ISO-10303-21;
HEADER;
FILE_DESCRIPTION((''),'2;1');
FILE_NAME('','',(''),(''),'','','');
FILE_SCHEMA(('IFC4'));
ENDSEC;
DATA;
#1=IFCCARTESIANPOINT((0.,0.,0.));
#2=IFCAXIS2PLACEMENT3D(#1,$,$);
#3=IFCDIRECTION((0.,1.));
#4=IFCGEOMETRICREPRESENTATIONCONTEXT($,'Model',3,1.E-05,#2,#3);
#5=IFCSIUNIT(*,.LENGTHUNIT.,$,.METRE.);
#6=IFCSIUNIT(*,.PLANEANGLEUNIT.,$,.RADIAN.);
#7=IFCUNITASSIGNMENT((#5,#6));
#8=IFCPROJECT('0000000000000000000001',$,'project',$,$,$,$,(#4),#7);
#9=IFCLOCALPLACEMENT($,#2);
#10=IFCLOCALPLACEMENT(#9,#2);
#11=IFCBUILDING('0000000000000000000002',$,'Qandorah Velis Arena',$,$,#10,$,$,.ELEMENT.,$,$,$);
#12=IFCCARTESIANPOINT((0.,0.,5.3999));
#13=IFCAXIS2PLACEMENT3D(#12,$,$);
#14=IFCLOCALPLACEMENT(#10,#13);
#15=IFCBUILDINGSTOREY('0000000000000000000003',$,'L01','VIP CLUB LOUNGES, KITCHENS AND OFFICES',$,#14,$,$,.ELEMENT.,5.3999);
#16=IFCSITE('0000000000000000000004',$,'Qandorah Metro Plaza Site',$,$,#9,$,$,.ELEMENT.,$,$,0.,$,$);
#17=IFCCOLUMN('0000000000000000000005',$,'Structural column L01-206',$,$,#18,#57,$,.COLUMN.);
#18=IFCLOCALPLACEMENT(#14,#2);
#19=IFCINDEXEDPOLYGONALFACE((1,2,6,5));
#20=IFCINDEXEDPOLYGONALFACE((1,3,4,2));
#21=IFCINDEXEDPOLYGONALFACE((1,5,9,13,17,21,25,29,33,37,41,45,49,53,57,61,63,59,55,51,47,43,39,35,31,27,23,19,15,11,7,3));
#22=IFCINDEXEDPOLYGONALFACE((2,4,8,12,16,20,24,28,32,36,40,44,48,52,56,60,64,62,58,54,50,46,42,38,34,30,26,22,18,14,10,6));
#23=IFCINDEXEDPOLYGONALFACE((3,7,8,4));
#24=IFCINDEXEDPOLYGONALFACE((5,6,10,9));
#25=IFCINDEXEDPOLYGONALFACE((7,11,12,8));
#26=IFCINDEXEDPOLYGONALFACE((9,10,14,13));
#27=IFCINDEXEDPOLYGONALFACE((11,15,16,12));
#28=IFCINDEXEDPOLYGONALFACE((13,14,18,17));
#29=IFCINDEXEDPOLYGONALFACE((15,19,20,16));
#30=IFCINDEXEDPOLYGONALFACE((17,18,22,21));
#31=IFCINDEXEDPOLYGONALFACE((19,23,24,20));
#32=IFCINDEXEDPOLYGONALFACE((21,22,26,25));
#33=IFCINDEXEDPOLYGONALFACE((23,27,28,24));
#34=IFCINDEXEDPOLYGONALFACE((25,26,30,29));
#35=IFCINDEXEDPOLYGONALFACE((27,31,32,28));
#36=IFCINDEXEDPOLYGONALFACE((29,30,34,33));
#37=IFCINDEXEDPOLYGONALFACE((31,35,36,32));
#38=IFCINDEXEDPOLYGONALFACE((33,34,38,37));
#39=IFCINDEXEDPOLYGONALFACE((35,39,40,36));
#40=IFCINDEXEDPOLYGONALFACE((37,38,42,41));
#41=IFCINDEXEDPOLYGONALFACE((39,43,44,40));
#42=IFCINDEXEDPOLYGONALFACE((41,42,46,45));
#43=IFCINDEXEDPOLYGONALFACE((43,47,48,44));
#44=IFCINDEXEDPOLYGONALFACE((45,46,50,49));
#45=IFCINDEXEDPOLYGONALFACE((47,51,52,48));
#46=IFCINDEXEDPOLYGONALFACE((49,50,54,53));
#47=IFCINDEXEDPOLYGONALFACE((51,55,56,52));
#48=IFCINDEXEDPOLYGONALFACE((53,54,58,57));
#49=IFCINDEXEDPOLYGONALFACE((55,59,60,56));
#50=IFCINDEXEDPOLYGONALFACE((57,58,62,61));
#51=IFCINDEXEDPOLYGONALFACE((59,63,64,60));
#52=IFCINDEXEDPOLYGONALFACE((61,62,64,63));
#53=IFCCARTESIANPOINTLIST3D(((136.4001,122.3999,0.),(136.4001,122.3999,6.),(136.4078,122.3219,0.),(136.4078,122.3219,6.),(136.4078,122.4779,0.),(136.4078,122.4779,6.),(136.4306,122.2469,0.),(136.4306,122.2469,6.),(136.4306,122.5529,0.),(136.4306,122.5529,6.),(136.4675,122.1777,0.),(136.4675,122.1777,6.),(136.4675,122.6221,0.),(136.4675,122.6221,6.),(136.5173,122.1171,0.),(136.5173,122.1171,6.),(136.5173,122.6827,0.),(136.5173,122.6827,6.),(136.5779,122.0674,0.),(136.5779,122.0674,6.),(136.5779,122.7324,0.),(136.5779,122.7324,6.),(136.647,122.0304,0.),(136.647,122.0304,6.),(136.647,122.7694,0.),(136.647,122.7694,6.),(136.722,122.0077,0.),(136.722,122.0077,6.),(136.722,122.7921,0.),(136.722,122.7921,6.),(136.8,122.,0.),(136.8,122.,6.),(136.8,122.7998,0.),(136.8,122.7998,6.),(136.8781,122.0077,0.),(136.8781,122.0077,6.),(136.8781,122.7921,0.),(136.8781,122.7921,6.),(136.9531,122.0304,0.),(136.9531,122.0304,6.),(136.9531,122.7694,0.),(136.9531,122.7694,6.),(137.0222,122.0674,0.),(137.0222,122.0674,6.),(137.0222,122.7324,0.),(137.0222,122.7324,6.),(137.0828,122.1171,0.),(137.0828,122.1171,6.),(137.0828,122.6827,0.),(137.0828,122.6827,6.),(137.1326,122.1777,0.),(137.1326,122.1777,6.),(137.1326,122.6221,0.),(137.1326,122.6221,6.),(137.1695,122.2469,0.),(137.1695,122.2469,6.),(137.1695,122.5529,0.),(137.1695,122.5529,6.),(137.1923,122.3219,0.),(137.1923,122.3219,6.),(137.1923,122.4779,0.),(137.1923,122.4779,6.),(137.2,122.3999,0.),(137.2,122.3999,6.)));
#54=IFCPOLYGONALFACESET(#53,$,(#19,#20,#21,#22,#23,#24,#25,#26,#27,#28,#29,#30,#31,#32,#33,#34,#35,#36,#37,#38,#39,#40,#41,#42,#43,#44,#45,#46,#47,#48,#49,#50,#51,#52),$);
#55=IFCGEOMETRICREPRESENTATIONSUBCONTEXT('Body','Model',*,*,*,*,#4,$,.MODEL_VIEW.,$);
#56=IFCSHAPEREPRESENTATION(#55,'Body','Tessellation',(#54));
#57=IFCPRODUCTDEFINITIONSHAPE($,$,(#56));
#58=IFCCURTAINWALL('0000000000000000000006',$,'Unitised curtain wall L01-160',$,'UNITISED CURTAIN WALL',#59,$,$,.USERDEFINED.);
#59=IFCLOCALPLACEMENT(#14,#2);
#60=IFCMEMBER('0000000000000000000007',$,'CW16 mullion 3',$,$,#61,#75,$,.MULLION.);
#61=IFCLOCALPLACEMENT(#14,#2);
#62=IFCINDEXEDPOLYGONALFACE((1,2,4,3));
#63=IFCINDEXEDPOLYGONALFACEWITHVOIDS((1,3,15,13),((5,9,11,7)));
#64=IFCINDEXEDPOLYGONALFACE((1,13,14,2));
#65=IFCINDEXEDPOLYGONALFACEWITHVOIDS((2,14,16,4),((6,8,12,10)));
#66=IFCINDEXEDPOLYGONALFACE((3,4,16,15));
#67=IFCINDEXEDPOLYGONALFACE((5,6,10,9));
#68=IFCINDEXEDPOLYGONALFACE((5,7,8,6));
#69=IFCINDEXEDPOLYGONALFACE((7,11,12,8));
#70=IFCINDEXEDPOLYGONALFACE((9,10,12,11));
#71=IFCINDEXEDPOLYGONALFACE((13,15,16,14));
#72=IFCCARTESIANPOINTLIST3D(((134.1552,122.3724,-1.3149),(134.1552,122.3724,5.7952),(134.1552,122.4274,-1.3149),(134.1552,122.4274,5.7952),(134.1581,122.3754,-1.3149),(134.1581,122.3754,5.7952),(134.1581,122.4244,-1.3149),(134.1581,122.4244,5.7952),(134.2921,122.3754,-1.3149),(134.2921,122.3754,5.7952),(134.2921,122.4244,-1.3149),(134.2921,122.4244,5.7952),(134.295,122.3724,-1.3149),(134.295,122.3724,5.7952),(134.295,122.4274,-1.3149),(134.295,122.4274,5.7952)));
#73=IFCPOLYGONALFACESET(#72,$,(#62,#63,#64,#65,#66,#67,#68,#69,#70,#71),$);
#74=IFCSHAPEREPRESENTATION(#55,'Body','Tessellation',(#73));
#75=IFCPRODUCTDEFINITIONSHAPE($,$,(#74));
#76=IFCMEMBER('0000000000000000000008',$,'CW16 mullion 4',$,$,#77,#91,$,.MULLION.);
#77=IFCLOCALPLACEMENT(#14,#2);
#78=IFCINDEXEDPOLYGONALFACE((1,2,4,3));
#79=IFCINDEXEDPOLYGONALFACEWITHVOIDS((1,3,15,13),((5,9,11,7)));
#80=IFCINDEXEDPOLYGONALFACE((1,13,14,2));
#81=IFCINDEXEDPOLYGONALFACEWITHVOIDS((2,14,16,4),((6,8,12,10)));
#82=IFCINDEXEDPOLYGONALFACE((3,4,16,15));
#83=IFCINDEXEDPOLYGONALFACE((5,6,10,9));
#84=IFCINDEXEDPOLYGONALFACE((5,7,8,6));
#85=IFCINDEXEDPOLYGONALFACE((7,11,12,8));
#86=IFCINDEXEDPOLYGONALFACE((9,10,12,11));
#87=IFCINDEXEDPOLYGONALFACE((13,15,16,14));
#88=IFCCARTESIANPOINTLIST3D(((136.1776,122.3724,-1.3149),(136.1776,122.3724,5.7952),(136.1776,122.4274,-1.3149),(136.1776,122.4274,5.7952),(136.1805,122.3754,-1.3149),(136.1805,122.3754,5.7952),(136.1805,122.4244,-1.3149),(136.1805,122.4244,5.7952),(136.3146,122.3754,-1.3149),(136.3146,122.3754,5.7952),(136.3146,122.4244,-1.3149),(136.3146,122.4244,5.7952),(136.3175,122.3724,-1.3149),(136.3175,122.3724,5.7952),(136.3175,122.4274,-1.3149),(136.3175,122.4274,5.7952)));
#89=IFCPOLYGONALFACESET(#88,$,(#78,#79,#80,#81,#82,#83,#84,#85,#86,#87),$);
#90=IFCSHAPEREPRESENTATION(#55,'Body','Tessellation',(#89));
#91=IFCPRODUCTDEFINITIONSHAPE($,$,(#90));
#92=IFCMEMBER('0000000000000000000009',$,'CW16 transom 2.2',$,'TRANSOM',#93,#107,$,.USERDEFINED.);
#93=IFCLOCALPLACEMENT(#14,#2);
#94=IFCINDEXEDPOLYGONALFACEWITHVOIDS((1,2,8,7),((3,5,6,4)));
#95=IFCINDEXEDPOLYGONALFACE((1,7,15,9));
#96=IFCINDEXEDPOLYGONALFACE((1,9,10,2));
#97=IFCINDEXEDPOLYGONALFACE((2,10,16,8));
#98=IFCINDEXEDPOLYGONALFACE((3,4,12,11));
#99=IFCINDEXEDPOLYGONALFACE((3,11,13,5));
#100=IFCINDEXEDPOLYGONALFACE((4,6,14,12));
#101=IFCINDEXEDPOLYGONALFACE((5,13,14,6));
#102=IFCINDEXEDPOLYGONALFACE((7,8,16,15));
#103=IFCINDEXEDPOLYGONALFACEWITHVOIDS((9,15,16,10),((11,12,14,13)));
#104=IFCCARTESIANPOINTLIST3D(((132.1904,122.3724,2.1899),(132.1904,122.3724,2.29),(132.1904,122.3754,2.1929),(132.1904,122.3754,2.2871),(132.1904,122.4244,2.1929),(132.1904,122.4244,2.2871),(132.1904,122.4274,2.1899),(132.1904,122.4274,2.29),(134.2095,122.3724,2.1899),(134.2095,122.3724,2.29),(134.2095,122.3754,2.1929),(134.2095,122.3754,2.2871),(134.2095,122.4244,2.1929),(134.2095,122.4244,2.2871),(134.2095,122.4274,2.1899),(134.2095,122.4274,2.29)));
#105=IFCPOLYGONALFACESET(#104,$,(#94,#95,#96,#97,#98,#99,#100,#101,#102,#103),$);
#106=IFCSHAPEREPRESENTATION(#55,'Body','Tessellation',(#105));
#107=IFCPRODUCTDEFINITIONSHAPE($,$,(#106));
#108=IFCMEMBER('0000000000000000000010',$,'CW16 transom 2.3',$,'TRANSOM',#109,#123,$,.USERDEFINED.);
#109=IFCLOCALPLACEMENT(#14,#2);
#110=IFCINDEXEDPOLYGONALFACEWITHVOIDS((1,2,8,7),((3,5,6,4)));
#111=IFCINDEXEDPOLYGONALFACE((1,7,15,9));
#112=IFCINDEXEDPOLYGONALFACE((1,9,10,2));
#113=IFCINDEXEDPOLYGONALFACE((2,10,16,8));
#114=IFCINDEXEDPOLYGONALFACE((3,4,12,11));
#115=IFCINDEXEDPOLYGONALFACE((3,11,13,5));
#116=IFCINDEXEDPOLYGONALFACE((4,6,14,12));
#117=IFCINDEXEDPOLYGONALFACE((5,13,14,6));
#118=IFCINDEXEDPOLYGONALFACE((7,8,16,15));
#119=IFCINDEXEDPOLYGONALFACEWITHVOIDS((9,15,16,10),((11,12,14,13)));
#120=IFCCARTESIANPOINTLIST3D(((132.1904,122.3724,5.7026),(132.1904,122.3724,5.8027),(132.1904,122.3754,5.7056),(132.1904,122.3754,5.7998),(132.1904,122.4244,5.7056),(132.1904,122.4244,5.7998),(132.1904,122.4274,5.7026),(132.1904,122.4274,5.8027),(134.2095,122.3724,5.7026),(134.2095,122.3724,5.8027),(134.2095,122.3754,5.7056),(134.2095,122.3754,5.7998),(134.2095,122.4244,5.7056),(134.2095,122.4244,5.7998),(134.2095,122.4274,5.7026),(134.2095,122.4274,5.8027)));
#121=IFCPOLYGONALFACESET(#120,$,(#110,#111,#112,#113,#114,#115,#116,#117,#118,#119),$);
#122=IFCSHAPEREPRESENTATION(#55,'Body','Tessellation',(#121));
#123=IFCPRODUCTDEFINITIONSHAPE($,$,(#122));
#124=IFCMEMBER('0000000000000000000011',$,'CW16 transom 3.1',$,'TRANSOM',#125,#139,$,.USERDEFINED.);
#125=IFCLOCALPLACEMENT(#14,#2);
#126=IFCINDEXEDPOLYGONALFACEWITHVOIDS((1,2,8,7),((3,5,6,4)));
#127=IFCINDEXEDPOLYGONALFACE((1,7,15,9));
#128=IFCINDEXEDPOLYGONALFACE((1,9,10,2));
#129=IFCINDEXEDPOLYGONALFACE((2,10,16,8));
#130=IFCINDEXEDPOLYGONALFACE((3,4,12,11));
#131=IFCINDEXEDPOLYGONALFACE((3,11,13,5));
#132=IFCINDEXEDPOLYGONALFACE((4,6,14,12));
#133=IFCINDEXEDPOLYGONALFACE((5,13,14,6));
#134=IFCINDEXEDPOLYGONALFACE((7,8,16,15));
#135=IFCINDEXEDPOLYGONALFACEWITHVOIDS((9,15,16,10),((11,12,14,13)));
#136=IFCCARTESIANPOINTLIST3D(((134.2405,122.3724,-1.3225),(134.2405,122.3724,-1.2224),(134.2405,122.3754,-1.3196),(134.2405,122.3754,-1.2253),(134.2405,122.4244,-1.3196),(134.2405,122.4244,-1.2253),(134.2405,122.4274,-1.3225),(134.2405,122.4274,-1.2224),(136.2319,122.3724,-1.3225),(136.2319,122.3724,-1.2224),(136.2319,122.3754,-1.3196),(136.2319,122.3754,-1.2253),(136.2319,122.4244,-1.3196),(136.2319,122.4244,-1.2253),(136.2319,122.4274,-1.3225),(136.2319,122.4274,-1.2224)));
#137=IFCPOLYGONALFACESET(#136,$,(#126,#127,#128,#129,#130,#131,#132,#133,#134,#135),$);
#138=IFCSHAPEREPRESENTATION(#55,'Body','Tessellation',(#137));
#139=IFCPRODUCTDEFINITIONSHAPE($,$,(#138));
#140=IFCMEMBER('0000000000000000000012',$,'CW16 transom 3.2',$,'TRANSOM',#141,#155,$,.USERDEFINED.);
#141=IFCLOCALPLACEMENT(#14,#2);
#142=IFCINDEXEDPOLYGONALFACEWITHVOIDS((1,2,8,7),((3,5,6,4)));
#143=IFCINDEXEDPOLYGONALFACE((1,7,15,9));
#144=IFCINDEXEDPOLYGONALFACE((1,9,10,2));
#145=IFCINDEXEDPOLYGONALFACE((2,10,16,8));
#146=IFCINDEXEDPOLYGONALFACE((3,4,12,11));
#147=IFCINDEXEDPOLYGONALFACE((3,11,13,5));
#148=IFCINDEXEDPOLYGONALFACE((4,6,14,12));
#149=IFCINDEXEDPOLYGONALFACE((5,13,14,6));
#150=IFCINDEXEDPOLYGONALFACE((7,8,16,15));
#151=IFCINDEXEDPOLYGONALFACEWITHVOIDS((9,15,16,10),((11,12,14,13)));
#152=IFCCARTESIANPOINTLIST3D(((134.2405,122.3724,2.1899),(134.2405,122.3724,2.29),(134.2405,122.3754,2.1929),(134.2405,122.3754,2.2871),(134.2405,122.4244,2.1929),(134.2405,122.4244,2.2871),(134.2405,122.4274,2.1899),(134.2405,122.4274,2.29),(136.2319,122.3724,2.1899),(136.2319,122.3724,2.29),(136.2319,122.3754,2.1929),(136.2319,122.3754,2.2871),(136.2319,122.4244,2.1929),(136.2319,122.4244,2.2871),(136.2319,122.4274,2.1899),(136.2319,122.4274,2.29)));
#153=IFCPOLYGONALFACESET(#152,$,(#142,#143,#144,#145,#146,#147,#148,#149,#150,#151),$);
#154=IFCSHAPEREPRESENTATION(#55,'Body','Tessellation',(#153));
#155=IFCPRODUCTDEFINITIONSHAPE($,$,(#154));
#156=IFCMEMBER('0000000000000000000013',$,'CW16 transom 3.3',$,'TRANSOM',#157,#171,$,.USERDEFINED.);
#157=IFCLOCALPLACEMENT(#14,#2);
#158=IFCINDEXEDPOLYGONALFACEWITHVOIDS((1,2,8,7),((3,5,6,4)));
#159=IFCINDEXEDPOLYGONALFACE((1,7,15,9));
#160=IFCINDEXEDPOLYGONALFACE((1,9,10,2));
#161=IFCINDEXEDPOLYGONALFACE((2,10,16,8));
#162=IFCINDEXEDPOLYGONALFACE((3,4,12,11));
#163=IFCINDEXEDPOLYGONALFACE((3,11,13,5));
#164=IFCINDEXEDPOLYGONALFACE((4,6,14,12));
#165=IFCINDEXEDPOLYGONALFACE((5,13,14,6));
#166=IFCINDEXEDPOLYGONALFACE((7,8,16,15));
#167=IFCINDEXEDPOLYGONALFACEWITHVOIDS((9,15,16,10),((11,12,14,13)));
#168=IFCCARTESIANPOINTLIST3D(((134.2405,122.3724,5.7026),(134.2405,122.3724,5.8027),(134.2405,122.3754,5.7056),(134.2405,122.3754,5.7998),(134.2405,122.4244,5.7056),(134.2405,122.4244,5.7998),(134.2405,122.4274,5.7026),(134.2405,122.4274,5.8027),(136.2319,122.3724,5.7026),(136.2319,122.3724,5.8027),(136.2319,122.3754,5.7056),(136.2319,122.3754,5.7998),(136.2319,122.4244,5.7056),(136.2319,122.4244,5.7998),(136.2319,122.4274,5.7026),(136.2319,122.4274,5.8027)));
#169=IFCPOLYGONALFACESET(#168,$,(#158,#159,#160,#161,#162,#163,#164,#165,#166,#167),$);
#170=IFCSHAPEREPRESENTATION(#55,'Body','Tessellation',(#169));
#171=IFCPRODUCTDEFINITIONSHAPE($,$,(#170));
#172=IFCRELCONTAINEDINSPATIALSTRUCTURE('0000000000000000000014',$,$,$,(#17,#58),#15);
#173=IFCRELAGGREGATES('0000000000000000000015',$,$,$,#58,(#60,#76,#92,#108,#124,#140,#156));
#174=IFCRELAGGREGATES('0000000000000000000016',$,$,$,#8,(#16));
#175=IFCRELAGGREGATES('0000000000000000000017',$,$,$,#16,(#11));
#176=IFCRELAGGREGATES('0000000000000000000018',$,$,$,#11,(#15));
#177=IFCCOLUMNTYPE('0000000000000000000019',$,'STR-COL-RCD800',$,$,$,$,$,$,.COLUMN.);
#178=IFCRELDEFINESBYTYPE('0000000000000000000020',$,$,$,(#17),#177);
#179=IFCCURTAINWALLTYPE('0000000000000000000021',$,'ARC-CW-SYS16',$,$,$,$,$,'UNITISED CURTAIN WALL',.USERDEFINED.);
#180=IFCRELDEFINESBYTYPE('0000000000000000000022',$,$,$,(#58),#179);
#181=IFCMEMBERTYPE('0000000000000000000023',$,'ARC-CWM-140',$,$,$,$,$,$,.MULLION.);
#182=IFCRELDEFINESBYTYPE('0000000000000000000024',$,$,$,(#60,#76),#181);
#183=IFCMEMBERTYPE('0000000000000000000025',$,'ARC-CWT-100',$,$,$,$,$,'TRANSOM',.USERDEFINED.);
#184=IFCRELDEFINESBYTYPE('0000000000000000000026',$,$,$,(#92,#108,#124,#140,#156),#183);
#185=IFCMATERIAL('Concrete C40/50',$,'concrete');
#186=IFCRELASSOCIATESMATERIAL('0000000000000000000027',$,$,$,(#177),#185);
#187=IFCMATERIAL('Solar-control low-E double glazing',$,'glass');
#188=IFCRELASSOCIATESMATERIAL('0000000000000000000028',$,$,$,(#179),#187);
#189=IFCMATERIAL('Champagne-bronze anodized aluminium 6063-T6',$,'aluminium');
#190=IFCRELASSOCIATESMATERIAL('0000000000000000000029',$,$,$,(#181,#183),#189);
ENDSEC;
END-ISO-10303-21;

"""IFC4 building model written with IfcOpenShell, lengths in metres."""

from ifc_helpers import new_model, si_unit, direction, frame, origin, origin_2d, place, context, subcontext, project, spatial, hollow_rectangle, circle, extrude, material, material_profile, profile_set, type_object, element, aggregate, save


model = new_model("IFC4")

# Units and contexts
model_context = context("Model", 3, precision=1e-05, world=origin(), true_north=direction((0.0, 1.0)))
body_context = subcontext(model_context, "Body", "Model", "MODEL_VIEW")
ifc_project = project(units=[si_unit("LENGTHUNIT", "METRE"), si_unit("PLANEANGLEUNIT", "RADIAN")], contexts=[model_context])

# Site, building, storey
site_placement = place(None, origin())
site = spatial("IfcSite", under=ifc_project, at=site_placement, Name="Qandorah Metro Plaza Site", CompositionType="ELEMENT", RefElevation=0.0)
building_placement = place(site_placement, origin())
building = spatial("IfcBuilding", under=site, at=building_placement, Name="Qandorah Velis Arena", CompositionType="ELEMENT")
storey_placement = place(building_placement, frame((0.0, 0.0, 5.3999)))
storey = spatial("IfcBuildingStorey", under=building, at=storey_placement, Name="L01", Description="VIP CLUB LOUNGES, KITCHENS AND OFFICES", CompositionType="ELEMENT", Elevation=5.3999)

# Column
ifc_material_1 = material(Name="Concrete C40/50", Category="concrete")
ifc_material_profile_1 = material_profile(ifc_material_1, circle(Radius=0.3999, at=origin_2d()), Name="RC D800")
ifc_profile_set_1 = profile_set([ifc_material_profile_1], Name="Concrete C40/50")
column_type = type_object("IfcColumnType", Name="STR-COL-RCD800", PredefinedType="COLUMN", material=ifc_profile_set_1)
column_placement = place(storey_placement, frame((136.8, 122.3999, 0.0), z_axis=(0.0, 0.0, 1.0), x_axis=(1.0, 0.0, 0.0)))
element("IfcColumn", 1, at=column_placement, inside=storey, type_object=column_type, Name="Structural column L01-206", PredefinedType="COLUMN", context=body_context, shape_type="SweptSolid", body=[
    extrude(circle(Radius=0.3999, at=origin_2d()), origin(), (0.0, 0.0, 1.0), 6.0),
])

# Curtain wall, members
ifc_material_2 = material(Name="Solar-control low-E double glazing", Category="glass")
curtain_wall_type = type_object("IfcCurtainWallType", Name="ARC-CW-SYS16", ElementType="UNITISED CURTAIN WALL", PredefinedType="USERDEFINED", material=ifc_material_2)
curtain_wall_placement = place(storey_placement, origin())
curtain_wall = element("IfcCurtainWall", 2, at=curtain_wall_placement, inside=storey, type_object=curtain_wall_type, Name="Unitised curtain wall L01-160", ObjectType="UNITISED CURTAIN WALL", PredefinedType="USERDEFINED")
ifc_material_3 = material(Name="Champagne-bronze anodized aluminium 6063-T6", Category="aluminium")
ifc_material_profile_2 = material_profile(ifc_material_3, hollow_rectangle(XDim=0.0549, YDim=0.1399, WallThickness=0.0029, at=origin_2d()), Name="ALU MULLION 55x140")
ifc_profile_set_2 = profile_set([ifc_material_profile_2], Name="Champagne-bronze anodized aluminium 6063-T6")
member_type_1 = type_object("IfcMemberType", Name="ARC-CWM-140", PredefinedType="MULLION", material=ifc_profile_set_2)
member_1_placement = place(storey_placement, frame((134.2251, 122.3999, -1.3149), z_axis=(0.0, 0.0, 1.0), x_axis=(0.0, 1.0, 0.0)))
member_1 = element("IfcMember", 3, at=member_1_placement, type_object=member_type_1, Name="CW16 mullion 3", PredefinedType="MULLION", context=body_context, shape_type="SweptSolid", body=[
    extrude(hollow_rectangle(XDim=0.0549, YDim=0.1399, WallThickness=0.0029, at=origin_2d()), origin(), (0.0, 0.0, 1.0), 7.1101),
])
member_2_placement = place(storey_placement, frame((136.2476, 122.3999, -1.3149), z_axis=(0.0, 0.0, 1.0), x_axis=(0.0, 1.0, 0.0)))
member_2 = element("IfcMember", 4, at=member_2_placement, type_object=member_type_1, Name="CW16 mullion 4", PredefinedType="MULLION", context=body_context, shape_type="SweptSolid", body=[
    extrude(hollow_rectangle(XDim=0.0549, YDim=0.1399, WallThickness=0.0029, at=origin_2d()), origin(), (0.0, 0.0, 1.0), 7.1101),
])
ifc_material_profile_3 = material_profile(ifc_material_3, hollow_rectangle(XDim=0.0549, YDim=0.1001, WallThickness=0.0029, at=origin_2d()), Name="ALU TRANSOM 55x100")
ifc_profile_set_3 = profile_set([ifc_material_profile_3], Name="Champagne-bronze anodized aluminium 6063-T6")
member_type_2 = type_object("IfcMemberType", Name="ARC-CWT-100", ElementType="TRANSOM", PredefinedType="USERDEFINED", material=ifc_profile_set_3)
member_3_placement = place(storey_placement, frame((132.1904, 122.3999, 2.24), z_axis=(1.0, 0.0, 0.0), x_axis=(0.0, 1.0, 0.0)))
member_3 = element("IfcMember", 5, at=member_3_placement, type_object=member_type_2, Name="CW16 transom 2.2", ObjectType="TRANSOM", PredefinedType="USERDEFINED", context=body_context, shape_type="SweptSolid", body=[
    extrude(hollow_rectangle(XDim=0.0549, YDim=0.1001, WallThickness=0.0029, at=origin_2d()), origin(), (0.0, 0.0, 1.0), 2.019),
])
member_4_placement = place(storey_placement, frame((132.1904, 122.3999, 5.7527), z_axis=(1.0, 0.0, 0.0), x_axis=(0.0, 1.0, 0.0)))
member_4 = element("IfcMember", 6, at=member_4_placement, type_object=member_type_2, Name="CW16 transom 2.3", ObjectType="TRANSOM", PredefinedType="USERDEFINED", context=body_context, shape_type="SweptSolid", body=[
    extrude(hollow_rectangle(XDim=0.0549, YDim=0.1001, WallThickness=0.0029, at=origin_2d()), origin(), (0.0, 0.0, 1.0), 2.019),
])
member_5_placement = place(storey_placement, frame((134.2405, 122.3999, -1.2725), z_axis=(1.0, 0.0, 0.0), x_axis=(0.0, 1.0, 0.0)))
member_5 = element("IfcMember", 7, at=member_5_placement, type_object=member_type_2, Name="CW16 transom 3.1", ObjectType="TRANSOM", PredefinedType="USERDEFINED", context=body_context, shape_type="SweptSolid", body=[
    extrude(hollow_rectangle(XDim=0.0549, YDim=0.1001, WallThickness=0.0029, at=origin_2d()), origin(), (0.0, 0.0, 1.0), 1.9915),
])
member_6_placement = place(storey_placement, frame((134.2405, 122.3999, 2.24), z_axis=(1.0, 0.0, 0.0), x_axis=(0.0, 1.0, 0.0)))
member_6 = element("IfcMember", 8, at=member_6_placement, type_object=member_type_2, Name="CW16 transom 3.2", ObjectType="TRANSOM", PredefinedType="USERDEFINED", context=body_context, shape_type="SweptSolid", body=[
    extrude(hollow_rectangle(XDim=0.0549, YDim=0.1001, WallThickness=0.0029, at=origin_2d()), origin(), (0.0, 0.0, 1.0), 1.9915),
])
member_7_placement = place(storey_placement, frame((134.2405, 122.3999, 5.7527), z_axis=(1.0, 0.0, 0.0), x_axis=(0.0, 1.0, 0.0)))
member_7 = element("IfcMember", 9, at=member_7_placement, type_object=member_type_2, Name="CW16 transom 3.3", ObjectType="TRANSOM", PredefinedType="USERDEFINED", context=body_context, shape_type="SweptSolid", body=[
    extrude(hollow_rectangle(XDim=0.0549, YDim=0.1001, WallThickness=0.0029, at=origin_2d()), origin(), (0.0, 0.0, 1.0), 1.9915),
])

aggregate(curtain_wall, [member_1, member_2, member_3, member_4, member_5, member_6, member_7])

save(model, "model.ifc")
